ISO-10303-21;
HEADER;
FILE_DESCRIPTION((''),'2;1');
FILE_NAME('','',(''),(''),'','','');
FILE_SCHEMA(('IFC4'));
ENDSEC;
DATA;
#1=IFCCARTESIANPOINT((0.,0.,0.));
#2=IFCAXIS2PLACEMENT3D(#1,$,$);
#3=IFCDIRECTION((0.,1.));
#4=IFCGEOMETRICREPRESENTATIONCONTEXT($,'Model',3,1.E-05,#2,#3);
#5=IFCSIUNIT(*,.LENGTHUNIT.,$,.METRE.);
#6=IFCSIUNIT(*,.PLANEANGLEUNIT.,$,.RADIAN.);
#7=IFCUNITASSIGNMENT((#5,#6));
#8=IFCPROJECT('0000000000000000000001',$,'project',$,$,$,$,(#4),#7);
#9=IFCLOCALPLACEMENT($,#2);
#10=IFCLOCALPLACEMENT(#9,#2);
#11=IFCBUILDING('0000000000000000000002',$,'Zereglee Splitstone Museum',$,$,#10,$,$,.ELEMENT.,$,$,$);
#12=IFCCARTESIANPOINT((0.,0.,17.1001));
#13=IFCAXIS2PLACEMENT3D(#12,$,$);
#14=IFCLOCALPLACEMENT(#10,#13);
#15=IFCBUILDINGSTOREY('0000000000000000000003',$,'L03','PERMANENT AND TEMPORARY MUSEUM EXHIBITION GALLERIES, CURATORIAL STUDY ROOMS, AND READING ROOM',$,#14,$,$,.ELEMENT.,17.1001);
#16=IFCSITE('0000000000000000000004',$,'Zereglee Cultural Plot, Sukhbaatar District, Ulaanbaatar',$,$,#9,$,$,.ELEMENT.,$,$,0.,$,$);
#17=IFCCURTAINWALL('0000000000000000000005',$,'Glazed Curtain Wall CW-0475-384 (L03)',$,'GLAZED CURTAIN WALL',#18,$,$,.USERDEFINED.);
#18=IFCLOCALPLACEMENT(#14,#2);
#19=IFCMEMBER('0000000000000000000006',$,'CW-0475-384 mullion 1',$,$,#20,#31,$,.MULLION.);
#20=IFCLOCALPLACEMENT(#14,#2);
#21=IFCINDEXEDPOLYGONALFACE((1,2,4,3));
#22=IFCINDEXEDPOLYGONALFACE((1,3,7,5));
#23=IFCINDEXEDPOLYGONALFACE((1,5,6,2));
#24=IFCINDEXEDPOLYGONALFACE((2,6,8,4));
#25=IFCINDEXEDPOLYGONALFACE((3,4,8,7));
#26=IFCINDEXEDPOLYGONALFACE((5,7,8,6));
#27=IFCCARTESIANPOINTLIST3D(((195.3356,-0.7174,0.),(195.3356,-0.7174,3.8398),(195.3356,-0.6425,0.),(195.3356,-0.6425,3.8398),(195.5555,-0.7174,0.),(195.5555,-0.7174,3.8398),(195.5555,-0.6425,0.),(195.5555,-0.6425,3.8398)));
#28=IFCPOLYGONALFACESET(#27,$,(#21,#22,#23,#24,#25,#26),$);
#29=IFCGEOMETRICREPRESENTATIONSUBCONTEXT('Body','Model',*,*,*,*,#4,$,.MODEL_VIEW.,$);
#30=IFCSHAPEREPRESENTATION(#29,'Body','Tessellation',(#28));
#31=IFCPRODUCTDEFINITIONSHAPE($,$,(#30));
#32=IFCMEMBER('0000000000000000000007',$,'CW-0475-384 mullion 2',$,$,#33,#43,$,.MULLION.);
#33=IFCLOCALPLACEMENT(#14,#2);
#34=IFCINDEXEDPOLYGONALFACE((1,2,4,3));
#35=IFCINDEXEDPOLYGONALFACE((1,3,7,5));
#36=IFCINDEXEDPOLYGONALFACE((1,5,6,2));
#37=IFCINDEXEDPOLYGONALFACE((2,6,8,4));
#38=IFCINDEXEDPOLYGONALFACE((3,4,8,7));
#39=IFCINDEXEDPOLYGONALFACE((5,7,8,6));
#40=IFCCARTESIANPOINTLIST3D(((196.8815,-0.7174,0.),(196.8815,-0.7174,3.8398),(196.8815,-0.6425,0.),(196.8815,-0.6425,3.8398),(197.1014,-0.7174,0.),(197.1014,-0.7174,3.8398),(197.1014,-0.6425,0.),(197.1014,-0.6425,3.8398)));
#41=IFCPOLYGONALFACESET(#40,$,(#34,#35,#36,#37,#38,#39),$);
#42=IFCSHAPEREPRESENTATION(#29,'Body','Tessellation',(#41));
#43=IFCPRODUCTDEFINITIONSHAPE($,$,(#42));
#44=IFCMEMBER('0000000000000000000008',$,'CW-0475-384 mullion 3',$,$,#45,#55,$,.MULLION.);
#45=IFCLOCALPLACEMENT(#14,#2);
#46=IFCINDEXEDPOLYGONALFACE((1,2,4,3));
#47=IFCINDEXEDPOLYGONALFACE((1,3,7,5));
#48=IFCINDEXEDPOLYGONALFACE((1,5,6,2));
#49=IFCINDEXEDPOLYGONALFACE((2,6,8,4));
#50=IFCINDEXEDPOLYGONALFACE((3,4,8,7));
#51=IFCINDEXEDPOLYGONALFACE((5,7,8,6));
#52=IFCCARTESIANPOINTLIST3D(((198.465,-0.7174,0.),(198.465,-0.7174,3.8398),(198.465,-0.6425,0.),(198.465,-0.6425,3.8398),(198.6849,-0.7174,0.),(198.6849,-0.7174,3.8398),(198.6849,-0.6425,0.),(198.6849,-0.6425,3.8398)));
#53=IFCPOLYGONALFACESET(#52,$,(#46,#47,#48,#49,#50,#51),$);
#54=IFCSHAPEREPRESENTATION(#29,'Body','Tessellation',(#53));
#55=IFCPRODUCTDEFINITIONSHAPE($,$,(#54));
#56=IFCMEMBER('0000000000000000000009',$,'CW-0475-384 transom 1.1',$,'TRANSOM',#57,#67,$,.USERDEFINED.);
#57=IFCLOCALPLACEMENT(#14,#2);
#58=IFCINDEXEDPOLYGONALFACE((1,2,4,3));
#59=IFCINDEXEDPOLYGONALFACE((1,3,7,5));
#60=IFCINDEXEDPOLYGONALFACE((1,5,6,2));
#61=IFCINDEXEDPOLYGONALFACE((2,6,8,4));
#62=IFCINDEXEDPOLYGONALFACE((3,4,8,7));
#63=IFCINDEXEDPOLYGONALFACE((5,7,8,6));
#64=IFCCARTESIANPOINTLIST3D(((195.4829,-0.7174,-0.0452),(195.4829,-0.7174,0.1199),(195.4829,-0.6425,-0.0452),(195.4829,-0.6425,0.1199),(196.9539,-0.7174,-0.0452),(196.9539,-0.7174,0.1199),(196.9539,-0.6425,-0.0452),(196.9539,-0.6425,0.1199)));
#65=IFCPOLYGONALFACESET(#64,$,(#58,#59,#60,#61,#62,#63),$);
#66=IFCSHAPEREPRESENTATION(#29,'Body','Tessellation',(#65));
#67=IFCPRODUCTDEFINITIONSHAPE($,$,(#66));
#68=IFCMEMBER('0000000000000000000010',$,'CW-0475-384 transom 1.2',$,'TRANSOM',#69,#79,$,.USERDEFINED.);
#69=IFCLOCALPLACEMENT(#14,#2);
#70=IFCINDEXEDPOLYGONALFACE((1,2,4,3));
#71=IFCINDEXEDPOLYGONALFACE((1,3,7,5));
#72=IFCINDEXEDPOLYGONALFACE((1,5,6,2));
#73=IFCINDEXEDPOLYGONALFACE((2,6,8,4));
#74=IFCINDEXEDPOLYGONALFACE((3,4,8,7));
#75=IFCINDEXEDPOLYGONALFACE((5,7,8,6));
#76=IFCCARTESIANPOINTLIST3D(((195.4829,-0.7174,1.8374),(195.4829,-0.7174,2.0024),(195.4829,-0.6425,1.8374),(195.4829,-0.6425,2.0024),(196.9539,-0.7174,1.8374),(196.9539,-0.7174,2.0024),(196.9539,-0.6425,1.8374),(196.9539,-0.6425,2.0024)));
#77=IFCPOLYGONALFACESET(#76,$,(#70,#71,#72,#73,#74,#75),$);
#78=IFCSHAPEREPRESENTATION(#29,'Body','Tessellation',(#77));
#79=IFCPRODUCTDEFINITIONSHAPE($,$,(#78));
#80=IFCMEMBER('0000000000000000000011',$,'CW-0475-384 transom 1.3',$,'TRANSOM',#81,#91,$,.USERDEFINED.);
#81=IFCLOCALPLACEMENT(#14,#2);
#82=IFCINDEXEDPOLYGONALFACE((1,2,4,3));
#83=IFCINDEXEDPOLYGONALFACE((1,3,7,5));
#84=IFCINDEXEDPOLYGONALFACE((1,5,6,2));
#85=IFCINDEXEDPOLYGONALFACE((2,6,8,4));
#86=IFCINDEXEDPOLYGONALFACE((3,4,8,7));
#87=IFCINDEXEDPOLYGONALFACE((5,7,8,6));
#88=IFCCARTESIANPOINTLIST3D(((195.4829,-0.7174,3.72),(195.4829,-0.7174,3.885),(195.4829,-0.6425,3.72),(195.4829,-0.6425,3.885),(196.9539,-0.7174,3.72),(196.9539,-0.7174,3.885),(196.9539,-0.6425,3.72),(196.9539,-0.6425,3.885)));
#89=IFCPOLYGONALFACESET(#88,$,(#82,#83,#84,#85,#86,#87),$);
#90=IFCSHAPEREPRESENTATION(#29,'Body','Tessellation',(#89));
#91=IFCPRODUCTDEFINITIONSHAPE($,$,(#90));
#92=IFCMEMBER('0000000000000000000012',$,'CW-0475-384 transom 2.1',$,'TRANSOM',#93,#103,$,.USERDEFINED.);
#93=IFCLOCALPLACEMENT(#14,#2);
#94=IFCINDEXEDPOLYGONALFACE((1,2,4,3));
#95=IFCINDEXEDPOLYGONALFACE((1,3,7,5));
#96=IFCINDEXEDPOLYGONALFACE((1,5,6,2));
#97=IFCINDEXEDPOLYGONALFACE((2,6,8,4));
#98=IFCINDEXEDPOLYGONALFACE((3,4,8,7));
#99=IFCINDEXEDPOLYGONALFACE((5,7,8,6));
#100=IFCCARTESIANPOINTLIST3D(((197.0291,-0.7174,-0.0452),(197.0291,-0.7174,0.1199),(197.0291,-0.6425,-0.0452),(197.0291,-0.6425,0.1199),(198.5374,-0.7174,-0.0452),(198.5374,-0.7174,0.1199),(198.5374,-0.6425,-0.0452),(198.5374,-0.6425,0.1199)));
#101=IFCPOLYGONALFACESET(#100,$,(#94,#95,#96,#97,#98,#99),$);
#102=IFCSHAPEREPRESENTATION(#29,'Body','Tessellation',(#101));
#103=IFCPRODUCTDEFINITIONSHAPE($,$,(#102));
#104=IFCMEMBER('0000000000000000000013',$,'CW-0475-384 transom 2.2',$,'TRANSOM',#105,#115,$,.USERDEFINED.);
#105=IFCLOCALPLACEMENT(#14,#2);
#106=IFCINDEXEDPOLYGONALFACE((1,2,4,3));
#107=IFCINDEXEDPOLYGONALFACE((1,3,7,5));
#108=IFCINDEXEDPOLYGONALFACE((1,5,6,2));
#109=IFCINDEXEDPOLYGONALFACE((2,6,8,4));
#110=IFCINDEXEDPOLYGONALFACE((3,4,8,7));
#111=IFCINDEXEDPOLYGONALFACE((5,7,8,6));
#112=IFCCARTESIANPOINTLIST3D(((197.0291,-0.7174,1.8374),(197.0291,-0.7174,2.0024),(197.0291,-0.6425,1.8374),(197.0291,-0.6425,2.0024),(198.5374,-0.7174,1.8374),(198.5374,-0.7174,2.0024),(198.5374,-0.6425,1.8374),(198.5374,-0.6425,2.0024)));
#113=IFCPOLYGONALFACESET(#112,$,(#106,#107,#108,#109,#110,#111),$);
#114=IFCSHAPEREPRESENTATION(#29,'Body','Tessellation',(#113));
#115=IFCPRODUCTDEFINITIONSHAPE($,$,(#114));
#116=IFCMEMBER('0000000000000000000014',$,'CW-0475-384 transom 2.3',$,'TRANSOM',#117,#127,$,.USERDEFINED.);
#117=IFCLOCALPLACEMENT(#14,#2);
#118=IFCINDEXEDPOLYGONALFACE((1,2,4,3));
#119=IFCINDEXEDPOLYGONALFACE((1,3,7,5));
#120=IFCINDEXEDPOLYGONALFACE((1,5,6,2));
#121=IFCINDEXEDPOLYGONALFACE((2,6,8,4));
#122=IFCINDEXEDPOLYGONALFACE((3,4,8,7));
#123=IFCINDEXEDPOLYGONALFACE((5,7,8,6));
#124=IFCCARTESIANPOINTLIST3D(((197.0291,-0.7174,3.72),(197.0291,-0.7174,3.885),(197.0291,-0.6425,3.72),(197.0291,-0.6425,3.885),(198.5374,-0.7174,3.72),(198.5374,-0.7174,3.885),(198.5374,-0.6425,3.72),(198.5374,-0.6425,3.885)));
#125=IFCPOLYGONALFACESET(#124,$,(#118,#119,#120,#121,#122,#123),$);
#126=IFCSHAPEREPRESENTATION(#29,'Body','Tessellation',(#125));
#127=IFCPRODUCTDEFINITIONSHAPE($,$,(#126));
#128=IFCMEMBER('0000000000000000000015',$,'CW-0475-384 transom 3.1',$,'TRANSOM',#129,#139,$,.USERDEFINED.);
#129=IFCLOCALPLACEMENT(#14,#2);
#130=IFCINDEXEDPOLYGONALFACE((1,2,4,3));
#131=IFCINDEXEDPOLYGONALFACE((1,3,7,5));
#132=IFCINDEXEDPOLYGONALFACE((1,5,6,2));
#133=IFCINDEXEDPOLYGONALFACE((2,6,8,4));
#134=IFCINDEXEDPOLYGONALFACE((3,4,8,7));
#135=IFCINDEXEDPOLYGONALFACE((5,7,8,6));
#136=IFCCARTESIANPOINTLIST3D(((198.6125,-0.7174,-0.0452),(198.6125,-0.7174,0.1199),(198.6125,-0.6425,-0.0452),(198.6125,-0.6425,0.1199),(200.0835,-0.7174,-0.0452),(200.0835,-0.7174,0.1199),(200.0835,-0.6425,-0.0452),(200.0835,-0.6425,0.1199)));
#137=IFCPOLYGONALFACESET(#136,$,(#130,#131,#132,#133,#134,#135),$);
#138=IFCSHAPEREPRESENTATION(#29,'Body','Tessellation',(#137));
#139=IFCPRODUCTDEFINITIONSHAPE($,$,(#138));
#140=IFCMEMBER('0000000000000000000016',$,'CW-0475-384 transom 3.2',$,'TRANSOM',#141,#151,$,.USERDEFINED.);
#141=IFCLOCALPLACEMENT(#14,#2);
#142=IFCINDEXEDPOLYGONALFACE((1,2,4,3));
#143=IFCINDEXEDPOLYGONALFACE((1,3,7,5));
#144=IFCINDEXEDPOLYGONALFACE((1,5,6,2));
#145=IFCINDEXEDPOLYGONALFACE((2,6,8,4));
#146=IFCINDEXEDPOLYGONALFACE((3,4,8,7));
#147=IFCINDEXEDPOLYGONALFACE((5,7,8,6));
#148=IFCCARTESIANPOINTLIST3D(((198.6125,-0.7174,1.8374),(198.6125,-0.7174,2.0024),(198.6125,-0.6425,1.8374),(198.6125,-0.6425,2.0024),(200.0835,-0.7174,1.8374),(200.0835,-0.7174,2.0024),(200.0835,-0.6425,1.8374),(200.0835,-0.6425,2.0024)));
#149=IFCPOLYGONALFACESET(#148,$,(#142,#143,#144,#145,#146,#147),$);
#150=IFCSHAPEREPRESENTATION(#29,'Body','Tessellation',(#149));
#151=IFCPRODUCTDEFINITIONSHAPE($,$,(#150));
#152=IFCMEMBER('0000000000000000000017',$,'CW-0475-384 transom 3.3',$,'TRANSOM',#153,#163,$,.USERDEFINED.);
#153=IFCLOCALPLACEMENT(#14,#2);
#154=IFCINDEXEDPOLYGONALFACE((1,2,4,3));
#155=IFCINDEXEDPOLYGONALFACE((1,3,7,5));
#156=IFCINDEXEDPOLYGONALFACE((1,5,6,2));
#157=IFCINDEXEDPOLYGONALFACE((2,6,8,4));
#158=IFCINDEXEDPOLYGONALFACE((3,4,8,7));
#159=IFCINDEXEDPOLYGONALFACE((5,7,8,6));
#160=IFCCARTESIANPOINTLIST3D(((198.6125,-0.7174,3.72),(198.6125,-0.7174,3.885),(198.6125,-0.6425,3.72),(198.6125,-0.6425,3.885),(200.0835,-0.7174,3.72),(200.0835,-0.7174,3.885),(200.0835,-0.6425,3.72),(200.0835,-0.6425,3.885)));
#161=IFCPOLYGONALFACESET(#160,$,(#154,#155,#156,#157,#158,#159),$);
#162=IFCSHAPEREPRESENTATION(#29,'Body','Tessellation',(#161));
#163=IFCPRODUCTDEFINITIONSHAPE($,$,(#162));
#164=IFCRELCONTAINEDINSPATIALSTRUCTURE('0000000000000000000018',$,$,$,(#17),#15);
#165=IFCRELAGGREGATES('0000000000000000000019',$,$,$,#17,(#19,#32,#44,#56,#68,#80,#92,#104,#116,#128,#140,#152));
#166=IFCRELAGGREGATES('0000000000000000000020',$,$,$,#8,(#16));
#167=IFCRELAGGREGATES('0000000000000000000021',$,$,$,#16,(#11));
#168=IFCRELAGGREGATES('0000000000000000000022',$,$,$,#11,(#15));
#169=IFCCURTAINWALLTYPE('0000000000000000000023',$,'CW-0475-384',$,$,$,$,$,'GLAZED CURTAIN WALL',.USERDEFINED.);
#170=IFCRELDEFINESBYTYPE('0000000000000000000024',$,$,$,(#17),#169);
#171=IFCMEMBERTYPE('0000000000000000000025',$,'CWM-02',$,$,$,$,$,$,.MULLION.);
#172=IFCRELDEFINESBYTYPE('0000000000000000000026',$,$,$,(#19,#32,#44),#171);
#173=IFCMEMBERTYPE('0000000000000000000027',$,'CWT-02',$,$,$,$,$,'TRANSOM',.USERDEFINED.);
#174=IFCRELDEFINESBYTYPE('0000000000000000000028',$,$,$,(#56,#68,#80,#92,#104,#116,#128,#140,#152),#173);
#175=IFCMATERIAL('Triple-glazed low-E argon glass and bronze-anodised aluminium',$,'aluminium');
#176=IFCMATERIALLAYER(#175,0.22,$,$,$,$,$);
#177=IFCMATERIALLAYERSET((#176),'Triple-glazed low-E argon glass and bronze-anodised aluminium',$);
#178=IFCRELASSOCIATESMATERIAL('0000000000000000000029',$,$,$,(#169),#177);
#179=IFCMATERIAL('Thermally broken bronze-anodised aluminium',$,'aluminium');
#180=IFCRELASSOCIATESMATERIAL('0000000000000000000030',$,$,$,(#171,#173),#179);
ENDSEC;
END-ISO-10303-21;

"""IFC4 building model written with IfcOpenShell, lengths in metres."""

from ifc_helpers import new_model, si_unit, direction, frame, origin, origin_2d, place, context, subcontext, project, spatial, rectangle, extrude, material, layer, layer_set, material_profile, profile_set, type_object, element, aggregate, save


model = new_model("IFC4")

# Units and contexts
model_context = context("Model", 3, precision=1e-05, world=origin(), true_north=direction((0.0, 1.0)))
body_context = subcontext(model_context, "Body", "Model", "MODEL_VIEW")
ifc_project = project(units=[si_unit("LENGTHUNIT", "METRE"), si_unit("PLANEANGLEUNIT", "RADIAN")], contexts=[model_context])

# Site, building, storey
site_placement = place(None, origin())
site = spatial("IfcSite", under=ifc_project, at=site_placement, Name="Zereglee Cultural Plot, Sukhbaatar District, Ulaanbaatar", CompositionType="ELEMENT", RefElevation=0.0)
building_placement = place(site_placement, origin())
building = spatial("IfcBuilding", under=site, at=building_placement, Name="Zereglee Splitstone Museum", CompositionType="ELEMENT")
storey_placement = place(building_placement, frame((0.0, 0.0, 17.1001)))
storey = spatial("IfcBuildingStorey", under=building, at=storey_placement, Name="L03", Description="PERMANENT AND TEMPORARY MUSEUM EXHIBITION GALLERIES, CURATORIAL STUDY ROOMS, AND READING ROOM", CompositionType="ELEMENT", Elevation=17.1001)

# Curtain wall, members
ifc_material_1 = material(Name="Triple-glazed low-E argon glass and bronze-anodised aluminium", Category="aluminium")
ifc_layer_1 = layer(ifc_material_1, 0.22)
ifc_layer_set_1 = layer_set([ifc_layer_1], Name="Triple-glazed low-E argon glass and bronze-anodised aluminium")
curtain_wall_type = type_object("IfcCurtainWallType", Name="CW-0475-384", ElementType="GLAZED CURTAIN WALL", PredefinedType="USERDEFINED", material=ifc_layer_set_1)
curtain_wall_placement = place(storey_placement, origin())
curtain_wall = element("IfcCurtainWall", 1, at=curtain_wall_placement, inside=storey, type_object=curtain_wall_type, Name="Glazed Curtain Wall CW-0475-384 (L03)", ObjectType="GLAZED CURTAIN WALL", PredefinedType="USERDEFINED")
ifc_material_2 = material(Name="Thermally broken bronze-anodised aluminium", Category="aluminium")
ifc_material_profile_1 = material_profile(ifc_material_2, rectangle(XDim=0.075, YDim=0.22, at=origin_2d()), Name="CW MULL 75x220")
ifc_profile_set_1 = profile_set([ifc_material_profile_1], Name="Thermally broken bronze-anodised aluminium")
member_type_1 = type_object("IfcMemberType", Name="CWM-02", PredefinedType="MULLION", material=ifc_profile_set_1)
member_1_placement = place(storey_placement, frame((195.4456, -0.6799, 0.0), z_axis=(0.0, 0.0, 1.0), x_axis=(0.0, 1.0, 0.0)))
member_1 = element("IfcMember", 2, at=member_1_placement, type_object=member_type_1, Name="CW-0475-384 mullion 1", PredefinedType="MULLION", context=body_context, shape_type="SweptSolid", body=[
    extrude(rectangle(XDim=0.075, YDim=0.22, at=origin_2d()), origin(), (0.0, 0.0, 1.0), 3.8398),
])
member_2_placement = place(storey_placement, frame((196.9915, -0.6799, 0.0), z_axis=(0.0, 0.0, 1.0), x_axis=(0.0, 1.0, 0.0)))
member_2 = element("IfcMember", 3, at=member_2_placement, type_object=member_type_1, Name="CW-0475-384 mullion 2", PredefinedType="MULLION", context=body_context, shape_type="SweptSolid", body=[
    extrude(rectangle(XDim=0.075, YDim=0.22, at=origin_2d()), origin(), (0.0, 0.0, 1.0), 3.8398),
])
member_3_placement = place(storey_placement, frame((198.575, -0.6799, 0.0), z_axis=(0.0, 0.0, 1.0), x_axis=(0.0, 1.0, 0.0)))
member_3 = element("IfcMember", 4, at=member_3_placement, type_object=member_type_1, Name="CW-0475-384 mullion 3", PredefinedType="MULLION", context=body_context, shape_type="SweptSolid", body=[
    extrude(rectangle(XDim=0.075, YDim=0.22, at=origin_2d()), origin(), (0.0, 0.0, 1.0), 3.8398),
])
ifc_material_profile_2 = material_profile(ifc_material_2, rectangle(XDim=0.075, YDim=0.165, at=origin_2d()), Name="CW TRAN 75x165")
ifc_profile_set_2 = profile_set([ifc_material_profile_2], Name="Thermally broken bronze-anodised aluminium")
member_type_2 = type_object("IfcMemberType", Name="CWT-02", ElementType="TRANSOM", PredefinedType="USERDEFINED", material=ifc_profile_set_2)
member_4_placement = place(storey_placement, frame((195.4829, -0.6799, 0.0374), z_axis=(1.0, 0.0, 0.0), x_axis=(0.0, 1.0, 0.0)))
member_4 = element("IfcMember", 5, at=member_4_placement, type_object=member_type_2, Name="CW-0475-384 transom 1.1", ObjectType="TRANSOM", PredefinedType="USERDEFINED", context=body_context, shape_type="SweptSolid", body=[
    extrude(rectangle(XDim=0.075, YDim=0.165, at=origin_2d()), origin(), (0.0, 0.0, 1.0), 1.4709),
])
member_5_placement = place(storey_placement, frame((195.4829, -0.6799, 1.9199), z_axis=(1.0, 0.0, 0.0), x_axis=(0.0, 1.0, 0.0)))
member_5 = element("IfcMember", 6, at=member_5_placement, type_object=member_type_2, Name="CW-0475-384 transom 1.2", ObjectType="TRANSOM", PredefinedType="USERDEFINED", context=body_context, shape_type="SweptSolid", body=[
    extrude(rectangle(XDim=0.075, YDim=0.165, at=origin_2d()), origin(), (0.0, 0.0, 1.0), 1.4709),
])
member_6_placement = place(storey_placement, frame((195.4829, -0.6799, 3.8025), z_axis=(1.0, 0.0, 0.0), x_axis=(0.0, 1.0, 0.0)))
member_6 = element("IfcMember", 7, at=member_6_placement, type_object=member_type_2, Name="CW-0475-384 transom 1.3", ObjectType="TRANSOM", PredefinedType="USERDEFINED", context=body_context, shape_type="SweptSolid", body=[
    extrude(rectangle(XDim=0.075, YDim=0.165, at=origin_2d()), origin(), (0.0, 0.0, 1.0), 1.4709),
])
member_7_placement = place(storey_placement, frame((197.0291, -0.6799, 0.0374), z_axis=(1.0, 0.0, 0.0), x_axis=(0.0, 1.0, 0.0)))
member_7 = element("IfcMember", 8, at=member_7_placement, type_object=member_type_2, Name="CW-0475-384 transom 2.1", ObjectType="TRANSOM", PredefinedType="USERDEFINED", context=body_context, shape_type="SweptSolid", body=[
    extrude(rectangle(XDim=0.075, YDim=0.165, at=origin_2d()), origin(), (0.0, 0.0, 1.0), 1.5083),
])
member_8_placement = place(storey_placement, frame((197.0291, -0.6799, 1.9199), z_axis=(1.0, 0.0, 0.0), x_axis=(0.0, 1.0, 0.0)))
member_8 = element("IfcMember", 9, at=member_8_placement, type_object=member_type_2, Name="CW-0475-384 transom 2.2", ObjectType="TRANSOM", PredefinedType="USERDEFINED", context=body_context, shape_type="SweptSolid", body=[
    extrude(rectangle(XDim=0.075, YDim=0.165, at=origin_2d()), origin(), (0.0, 0.0, 1.0), 1.5083),
])
member_9_placement = place(storey_placement, frame((197.0291, -0.6799, 3.8025), z_axis=(1.0, 0.0, 0.0), x_axis=(0.0, 1.0, 0.0)))
member_9 = element("IfcMember", 10, at=member_9_placement, type_object=member_type_2, Name="CW-0475-384 transom 2.3", ObjectType="TRANSOM", PredefinedType="USERDEFINED", context=body_context, shape_type="SweptSolid", body=[
    extrude(rectangle(XDim=0.075, YDim=0.165, at=origin_2d()), origin(), (0.0, 0.0, 1.0), 1.5083),
])
member_10_placement = place(storey_placement, frame((198.6125, -0.6799, 0.0374), z_axis=(1.0, 0.0, 0.0), x_axis=(0.0, 1.0, 0.0)))
member_10 = element("IfcMember", 11, at=member_10_placement, type_object=member_type_2, Name="CW-0475-384 transom 3.1", ObjectType="TRANSOM", PredefinedType="USERDEFINED", context=body_context, shape_type="SweptSolid", body=[
    extrude(rectangle(XDim=0.075, YDim=0.165, at=origin_2d()), origin(), (0.0, 0.0, 1.0), 1.4709),
])
member_11_placement = place(storey_placement, frame((198.6125, -0.6799, 1.9199), z_axis=(1.0, 0.0, 0.0), x_axis=(0.0, 1.0, 0.0)))
member_11 = element("IfcMember", 12, at=member_11_placement, type_object=member_type_2, Name="CW-0475-384 transom 3.2", ObjectType="TRANSOM", PredefinedType="USERDEFINED", context=body_context, shape_type="SweptSolid", body=[
    extrude(rectangle(XDim=0.075, YDim=0.165, at=origin_2d()), origin(), (0.0, 0.0, 1.0), 1.4709),
])
member_12_placement = place(storey_placement, frame((198.6125, -0.6799, 3.8025), z_axis=(1.0, 0.0, 0.0), x_axis=(0.0, 1.0, 0.0)))
member_12 = element("IfcMember", 13, at=member_12_placement, type_object=member_type_2, Name="CW-0475-384 transom 3.3", ObjectType="TRANSOM", PredefinedType="USERDEFINED", context=body_context, shape_type="SweptSolid", body=[
    extrude(rectangle(XDim=0.075, YDim=0.165, at=origin_2d()), origin(), (0.0, 0.0, 1.0), 1.4709),
])

aggregate(curtain_wall, [member_1, member_2, member_3, member_4, member_5, member_6, member_7, member_8, member_9, member_10, member_11, member_12])

save(model, "model.ifc")
